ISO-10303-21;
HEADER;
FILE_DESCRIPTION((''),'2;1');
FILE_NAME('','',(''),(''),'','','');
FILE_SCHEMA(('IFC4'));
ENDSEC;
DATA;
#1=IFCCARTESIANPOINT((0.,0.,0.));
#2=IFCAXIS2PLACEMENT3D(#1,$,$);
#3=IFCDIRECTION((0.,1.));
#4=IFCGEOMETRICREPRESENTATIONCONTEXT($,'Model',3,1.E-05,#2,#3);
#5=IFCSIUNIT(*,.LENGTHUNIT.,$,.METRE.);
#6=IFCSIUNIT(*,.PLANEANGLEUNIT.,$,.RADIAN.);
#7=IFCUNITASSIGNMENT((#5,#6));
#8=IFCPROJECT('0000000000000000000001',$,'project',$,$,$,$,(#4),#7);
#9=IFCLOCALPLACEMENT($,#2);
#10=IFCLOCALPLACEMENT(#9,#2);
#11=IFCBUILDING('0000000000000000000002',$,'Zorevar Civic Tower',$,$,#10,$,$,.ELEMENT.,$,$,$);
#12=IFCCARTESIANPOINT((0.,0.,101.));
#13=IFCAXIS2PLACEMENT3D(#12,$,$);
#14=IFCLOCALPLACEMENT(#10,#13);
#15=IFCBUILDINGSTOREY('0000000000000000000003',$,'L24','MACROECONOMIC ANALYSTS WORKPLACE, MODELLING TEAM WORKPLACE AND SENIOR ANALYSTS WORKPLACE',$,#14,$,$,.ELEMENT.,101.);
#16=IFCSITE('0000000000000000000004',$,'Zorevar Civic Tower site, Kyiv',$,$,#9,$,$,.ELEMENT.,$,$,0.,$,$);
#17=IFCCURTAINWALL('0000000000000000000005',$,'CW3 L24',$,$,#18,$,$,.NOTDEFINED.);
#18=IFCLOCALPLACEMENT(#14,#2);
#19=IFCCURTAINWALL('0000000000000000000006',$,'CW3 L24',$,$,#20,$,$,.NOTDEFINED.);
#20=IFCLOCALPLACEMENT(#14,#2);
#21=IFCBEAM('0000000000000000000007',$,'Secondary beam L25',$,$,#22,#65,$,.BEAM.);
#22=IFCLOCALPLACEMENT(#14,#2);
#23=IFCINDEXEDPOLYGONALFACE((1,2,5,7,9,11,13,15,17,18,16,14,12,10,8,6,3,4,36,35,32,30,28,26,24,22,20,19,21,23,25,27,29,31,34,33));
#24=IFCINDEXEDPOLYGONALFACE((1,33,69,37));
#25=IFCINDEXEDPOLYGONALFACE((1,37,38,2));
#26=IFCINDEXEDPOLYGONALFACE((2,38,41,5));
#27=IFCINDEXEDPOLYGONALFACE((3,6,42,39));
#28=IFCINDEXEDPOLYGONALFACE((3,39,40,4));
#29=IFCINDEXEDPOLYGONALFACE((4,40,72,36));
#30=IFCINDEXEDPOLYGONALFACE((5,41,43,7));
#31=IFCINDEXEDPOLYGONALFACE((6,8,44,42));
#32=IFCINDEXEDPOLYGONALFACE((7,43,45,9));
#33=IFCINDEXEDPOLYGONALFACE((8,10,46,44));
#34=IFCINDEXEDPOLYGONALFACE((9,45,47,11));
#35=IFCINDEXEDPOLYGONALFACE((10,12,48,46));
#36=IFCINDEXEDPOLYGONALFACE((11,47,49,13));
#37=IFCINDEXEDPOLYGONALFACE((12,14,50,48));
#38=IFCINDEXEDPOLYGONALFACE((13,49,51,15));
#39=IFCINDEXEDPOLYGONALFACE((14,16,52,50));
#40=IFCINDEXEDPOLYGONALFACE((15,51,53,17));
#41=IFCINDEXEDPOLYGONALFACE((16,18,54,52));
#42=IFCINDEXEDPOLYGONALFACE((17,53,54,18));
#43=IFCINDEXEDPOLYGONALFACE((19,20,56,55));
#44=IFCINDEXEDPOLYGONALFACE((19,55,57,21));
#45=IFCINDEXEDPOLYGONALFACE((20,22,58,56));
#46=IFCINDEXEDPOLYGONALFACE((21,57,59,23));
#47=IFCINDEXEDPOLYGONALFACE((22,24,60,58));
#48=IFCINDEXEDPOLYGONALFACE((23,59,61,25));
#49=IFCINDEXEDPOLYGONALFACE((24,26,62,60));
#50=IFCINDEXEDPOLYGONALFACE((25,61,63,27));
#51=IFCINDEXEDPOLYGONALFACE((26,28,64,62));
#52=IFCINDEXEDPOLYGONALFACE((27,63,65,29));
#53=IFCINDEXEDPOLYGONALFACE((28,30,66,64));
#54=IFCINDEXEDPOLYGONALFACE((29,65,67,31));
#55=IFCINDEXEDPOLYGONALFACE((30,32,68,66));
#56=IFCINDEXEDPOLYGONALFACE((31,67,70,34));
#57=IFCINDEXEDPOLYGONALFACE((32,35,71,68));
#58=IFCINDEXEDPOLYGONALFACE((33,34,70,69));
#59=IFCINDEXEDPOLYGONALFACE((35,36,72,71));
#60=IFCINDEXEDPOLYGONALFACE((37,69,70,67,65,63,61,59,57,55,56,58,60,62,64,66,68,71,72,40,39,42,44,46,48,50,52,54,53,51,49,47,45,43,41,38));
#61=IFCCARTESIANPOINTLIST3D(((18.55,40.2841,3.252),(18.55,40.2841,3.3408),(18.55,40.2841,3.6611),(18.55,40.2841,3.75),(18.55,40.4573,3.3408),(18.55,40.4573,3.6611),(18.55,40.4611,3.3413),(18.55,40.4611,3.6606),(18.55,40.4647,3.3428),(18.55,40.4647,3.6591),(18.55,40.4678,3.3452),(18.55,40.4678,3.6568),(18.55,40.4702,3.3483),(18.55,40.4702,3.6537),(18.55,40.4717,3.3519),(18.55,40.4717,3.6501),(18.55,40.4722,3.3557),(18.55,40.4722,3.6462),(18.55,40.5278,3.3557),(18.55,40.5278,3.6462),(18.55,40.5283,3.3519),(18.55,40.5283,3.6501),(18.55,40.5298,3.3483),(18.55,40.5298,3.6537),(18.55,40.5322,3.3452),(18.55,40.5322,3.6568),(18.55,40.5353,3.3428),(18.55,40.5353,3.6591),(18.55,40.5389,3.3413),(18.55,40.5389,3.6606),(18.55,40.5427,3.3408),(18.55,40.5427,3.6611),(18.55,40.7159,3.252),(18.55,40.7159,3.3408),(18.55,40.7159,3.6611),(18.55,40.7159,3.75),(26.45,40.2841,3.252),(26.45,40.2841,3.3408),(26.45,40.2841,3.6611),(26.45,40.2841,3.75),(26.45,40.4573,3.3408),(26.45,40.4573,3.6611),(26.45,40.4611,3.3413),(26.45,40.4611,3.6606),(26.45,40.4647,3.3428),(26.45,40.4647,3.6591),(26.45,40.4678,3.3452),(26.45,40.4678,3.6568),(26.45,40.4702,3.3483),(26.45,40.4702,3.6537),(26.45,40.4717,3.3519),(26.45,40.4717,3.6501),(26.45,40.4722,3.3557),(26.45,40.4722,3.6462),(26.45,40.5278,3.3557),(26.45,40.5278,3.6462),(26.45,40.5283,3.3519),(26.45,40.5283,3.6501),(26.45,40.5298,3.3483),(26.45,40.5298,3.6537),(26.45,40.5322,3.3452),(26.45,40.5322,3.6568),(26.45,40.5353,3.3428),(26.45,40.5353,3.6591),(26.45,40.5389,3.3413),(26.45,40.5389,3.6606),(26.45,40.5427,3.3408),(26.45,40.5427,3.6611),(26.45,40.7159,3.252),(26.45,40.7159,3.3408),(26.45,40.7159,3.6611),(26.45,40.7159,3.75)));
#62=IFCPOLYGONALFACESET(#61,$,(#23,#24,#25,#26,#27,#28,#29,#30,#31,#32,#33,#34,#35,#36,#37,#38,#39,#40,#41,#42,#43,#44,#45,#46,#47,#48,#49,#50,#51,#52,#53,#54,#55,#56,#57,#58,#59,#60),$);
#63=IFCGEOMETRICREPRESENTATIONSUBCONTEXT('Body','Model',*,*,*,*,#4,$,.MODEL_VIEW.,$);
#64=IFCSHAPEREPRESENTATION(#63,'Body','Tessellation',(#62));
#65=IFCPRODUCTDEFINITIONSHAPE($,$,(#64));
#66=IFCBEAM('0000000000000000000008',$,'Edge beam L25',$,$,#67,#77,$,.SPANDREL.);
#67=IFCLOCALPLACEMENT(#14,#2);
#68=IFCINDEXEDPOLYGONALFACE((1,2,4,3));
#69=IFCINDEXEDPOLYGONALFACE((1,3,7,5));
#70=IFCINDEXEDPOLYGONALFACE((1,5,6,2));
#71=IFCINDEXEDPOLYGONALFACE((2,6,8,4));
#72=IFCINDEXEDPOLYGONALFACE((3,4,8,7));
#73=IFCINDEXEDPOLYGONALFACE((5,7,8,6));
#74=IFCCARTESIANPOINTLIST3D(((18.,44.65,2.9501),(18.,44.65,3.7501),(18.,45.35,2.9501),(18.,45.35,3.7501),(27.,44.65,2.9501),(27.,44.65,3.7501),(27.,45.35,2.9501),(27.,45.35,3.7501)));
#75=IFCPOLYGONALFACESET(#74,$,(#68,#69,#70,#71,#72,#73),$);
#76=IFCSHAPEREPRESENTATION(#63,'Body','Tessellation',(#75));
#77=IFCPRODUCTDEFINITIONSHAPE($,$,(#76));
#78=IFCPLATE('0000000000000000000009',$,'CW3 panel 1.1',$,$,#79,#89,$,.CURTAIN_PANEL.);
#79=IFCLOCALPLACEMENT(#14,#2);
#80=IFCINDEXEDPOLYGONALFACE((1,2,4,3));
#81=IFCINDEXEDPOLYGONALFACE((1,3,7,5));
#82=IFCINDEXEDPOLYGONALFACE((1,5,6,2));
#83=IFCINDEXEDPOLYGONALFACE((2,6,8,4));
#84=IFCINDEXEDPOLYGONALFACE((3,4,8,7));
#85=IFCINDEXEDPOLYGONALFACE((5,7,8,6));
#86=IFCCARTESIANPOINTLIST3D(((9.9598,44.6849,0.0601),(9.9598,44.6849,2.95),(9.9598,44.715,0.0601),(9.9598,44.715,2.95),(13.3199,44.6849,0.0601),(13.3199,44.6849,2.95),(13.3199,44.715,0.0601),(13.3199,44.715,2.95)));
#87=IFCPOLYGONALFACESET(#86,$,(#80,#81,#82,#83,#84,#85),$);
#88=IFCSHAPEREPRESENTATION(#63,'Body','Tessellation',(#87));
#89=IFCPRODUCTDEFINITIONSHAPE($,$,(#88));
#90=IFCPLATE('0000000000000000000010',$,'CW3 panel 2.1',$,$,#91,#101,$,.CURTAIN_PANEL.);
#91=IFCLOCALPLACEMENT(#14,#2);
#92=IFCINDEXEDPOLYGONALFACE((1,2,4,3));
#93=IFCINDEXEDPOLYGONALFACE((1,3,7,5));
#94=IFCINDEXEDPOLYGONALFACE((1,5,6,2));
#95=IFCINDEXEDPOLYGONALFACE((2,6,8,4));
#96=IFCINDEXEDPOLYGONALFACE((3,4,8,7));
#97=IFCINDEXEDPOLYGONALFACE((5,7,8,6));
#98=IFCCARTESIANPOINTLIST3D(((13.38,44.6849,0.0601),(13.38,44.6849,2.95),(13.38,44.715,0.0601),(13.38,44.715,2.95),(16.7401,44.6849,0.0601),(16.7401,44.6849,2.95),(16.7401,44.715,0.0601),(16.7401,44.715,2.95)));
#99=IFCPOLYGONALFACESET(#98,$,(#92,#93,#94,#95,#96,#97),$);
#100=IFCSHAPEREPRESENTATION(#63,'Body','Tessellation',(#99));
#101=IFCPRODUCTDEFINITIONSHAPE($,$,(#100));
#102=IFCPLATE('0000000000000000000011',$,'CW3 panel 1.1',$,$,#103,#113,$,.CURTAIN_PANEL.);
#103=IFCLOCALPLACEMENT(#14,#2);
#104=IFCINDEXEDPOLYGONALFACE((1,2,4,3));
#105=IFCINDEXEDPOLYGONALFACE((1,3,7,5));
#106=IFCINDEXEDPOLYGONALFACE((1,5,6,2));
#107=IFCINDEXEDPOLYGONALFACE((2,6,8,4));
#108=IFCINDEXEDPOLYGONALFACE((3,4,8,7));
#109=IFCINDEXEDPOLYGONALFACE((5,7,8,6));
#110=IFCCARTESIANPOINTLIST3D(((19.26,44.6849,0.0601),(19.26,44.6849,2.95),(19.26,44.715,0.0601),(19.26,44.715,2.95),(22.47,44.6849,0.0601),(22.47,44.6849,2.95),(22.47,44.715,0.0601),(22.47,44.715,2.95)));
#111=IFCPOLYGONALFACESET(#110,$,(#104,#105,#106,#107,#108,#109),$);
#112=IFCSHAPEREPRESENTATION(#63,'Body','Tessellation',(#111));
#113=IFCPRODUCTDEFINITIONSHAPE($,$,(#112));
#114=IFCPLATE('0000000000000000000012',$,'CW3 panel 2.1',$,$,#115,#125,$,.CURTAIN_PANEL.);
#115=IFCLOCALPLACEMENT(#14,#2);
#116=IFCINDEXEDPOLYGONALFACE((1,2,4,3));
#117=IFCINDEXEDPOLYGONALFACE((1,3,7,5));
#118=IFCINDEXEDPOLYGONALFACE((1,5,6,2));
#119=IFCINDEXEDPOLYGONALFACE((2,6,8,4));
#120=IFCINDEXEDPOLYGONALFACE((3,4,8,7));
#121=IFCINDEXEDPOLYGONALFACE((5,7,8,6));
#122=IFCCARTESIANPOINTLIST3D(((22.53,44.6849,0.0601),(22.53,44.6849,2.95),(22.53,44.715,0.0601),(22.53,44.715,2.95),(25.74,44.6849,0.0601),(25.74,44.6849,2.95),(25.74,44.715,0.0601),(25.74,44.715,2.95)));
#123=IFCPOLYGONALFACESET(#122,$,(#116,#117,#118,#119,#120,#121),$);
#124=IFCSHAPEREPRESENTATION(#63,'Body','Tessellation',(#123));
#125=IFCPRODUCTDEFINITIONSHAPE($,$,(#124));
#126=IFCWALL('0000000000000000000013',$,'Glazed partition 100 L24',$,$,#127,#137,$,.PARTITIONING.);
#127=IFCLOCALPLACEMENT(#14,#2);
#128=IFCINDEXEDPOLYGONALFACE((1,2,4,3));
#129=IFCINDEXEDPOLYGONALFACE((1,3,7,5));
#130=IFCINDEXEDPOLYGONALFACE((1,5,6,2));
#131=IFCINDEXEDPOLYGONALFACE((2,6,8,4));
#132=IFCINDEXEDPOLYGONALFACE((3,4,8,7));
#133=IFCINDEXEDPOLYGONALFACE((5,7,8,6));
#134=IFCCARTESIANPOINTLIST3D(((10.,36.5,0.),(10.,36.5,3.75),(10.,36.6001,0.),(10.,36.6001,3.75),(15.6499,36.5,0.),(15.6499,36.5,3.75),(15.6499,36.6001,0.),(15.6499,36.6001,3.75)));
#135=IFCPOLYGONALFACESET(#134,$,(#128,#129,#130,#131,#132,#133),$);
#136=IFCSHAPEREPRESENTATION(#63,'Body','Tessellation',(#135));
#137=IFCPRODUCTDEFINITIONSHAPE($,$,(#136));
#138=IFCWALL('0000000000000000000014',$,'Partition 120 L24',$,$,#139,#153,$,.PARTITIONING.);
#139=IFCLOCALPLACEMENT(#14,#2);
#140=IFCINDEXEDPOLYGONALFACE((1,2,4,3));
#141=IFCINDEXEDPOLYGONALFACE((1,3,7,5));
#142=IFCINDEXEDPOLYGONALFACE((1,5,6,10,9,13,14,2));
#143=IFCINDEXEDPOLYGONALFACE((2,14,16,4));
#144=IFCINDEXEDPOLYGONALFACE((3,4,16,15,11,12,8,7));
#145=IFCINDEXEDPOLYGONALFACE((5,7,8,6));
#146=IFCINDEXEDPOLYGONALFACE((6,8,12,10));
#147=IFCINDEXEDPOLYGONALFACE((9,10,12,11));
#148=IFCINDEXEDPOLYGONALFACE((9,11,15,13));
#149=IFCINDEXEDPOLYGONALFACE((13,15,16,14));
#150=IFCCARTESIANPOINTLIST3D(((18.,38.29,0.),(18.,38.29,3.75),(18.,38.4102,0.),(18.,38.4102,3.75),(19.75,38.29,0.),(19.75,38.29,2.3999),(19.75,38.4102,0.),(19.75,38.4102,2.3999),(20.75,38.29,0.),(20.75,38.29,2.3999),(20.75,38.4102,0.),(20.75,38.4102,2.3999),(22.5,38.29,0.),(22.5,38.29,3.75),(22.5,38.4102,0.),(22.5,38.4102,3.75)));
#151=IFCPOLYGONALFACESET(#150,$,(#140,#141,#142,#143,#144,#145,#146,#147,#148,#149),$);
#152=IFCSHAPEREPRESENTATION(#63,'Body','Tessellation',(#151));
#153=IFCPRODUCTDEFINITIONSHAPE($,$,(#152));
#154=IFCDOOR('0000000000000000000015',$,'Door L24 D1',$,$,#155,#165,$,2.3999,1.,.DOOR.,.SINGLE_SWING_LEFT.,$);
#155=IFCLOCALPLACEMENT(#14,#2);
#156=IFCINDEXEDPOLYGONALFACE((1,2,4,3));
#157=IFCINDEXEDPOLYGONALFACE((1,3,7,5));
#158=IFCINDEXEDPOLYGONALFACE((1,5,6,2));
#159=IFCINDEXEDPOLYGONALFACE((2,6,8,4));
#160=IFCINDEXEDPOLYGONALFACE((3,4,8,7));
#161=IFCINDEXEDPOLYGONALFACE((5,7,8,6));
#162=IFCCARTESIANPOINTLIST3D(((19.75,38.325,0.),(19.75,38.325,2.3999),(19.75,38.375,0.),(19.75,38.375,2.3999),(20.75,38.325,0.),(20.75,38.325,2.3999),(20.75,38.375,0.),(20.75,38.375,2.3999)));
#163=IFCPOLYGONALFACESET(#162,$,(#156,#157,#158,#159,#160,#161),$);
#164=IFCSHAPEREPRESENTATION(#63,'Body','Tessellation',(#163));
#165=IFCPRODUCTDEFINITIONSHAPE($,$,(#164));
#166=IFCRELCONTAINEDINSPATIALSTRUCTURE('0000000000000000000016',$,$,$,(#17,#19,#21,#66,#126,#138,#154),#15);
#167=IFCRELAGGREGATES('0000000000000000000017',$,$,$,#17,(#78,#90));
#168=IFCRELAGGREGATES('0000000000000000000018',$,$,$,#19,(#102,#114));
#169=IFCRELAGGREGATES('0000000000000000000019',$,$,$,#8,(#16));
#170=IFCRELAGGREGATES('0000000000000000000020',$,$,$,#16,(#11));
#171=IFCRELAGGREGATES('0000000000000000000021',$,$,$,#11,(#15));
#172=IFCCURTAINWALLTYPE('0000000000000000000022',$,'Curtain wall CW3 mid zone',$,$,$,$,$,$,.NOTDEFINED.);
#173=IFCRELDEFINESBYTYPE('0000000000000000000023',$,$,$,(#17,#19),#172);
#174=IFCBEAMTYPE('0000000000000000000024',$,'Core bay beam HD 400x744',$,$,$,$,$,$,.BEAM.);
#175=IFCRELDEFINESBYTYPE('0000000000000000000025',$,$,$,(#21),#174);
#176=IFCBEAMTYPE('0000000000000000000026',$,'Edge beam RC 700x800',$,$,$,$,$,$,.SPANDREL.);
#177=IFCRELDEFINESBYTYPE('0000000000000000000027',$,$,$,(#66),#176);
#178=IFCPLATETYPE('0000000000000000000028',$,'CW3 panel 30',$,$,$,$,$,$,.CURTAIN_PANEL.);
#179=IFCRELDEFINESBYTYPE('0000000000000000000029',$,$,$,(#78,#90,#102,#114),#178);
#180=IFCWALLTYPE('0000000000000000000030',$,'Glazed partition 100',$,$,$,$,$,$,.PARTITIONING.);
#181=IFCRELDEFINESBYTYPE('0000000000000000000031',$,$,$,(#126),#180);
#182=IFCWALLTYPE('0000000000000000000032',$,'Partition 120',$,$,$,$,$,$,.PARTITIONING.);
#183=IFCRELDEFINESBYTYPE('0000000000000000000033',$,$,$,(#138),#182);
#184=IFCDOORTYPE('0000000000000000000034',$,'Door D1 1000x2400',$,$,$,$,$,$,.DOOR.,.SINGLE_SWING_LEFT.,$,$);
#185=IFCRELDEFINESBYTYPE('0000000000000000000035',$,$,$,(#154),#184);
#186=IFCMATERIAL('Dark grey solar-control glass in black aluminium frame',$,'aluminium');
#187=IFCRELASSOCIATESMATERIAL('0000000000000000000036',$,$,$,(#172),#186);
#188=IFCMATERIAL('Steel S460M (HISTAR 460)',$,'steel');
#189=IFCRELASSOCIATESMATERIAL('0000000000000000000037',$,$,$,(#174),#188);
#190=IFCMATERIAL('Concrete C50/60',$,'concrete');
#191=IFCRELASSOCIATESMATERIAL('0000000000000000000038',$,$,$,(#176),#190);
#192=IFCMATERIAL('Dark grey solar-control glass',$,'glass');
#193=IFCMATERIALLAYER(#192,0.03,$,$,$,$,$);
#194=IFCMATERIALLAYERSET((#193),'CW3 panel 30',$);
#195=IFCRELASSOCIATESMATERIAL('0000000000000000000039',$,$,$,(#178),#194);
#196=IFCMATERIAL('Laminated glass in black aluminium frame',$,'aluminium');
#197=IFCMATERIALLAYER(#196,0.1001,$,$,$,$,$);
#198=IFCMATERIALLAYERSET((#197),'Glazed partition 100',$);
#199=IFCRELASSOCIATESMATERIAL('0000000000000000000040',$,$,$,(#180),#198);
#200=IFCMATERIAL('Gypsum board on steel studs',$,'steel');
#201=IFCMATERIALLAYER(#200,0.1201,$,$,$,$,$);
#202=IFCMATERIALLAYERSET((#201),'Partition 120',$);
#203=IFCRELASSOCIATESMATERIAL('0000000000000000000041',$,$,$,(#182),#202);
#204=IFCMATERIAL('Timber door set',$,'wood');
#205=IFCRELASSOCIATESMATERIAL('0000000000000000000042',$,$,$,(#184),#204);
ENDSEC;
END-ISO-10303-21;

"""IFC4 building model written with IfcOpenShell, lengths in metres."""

from ifc_helpers import new_model, si_unit, direction, frame, frame_2d, origin, origin_2d, place, context, subcontext, project, spatial, rectangle, i_section, extrude, material, layer, layer_set, material_profile, profile_set, type_object, element, fill, aggregate, save


model = new_model("IFC4")

# Units and contexts
model_context = context("Model", 3, precision=1e-05, world=origin(), true_north=direction((0.0, 1.0)))
body_context = subcontext(model_context, "Body", "Model", "MODEL_VIEW")
ifc_project = project(units=[si_unit("LENGTHUNIT", "METRE"), si_unit("PLANEANGLEUNIT", "RADIAN")], contexts=[model_context])

# Site, building, storey
site_placement = place(None, origin())
site = spatial("IfcSite", under=ifc_project, at=site_placement, Name="Zorevar Civic Tower site, Kyiv", CompositionType="ELEMENT", RefElevation=0.0)
building_placement = place(site_placement, origin())
building = spatial("IfcBuilding", under=site, at=building_placement, Name="Zorevar Civic Tower", CompositionType="ELEMENT")
storey_placement = place(building_placement, frame((0.0, 0.0, 101.0)))
storey = spatial("IfcBuildingStorey", under=building, at=storey_placement, Name="L24", Description="MACROECONOMIC ANALYSTS WORKPLACE, MODELLING TEAM WORKPLACE AND SENIOR ANALYSTS WORKPLACE", CompositionType="ELEMENT", Elevation=101.0)

# Curtain walls
ifc_material_1 = material(Name="Dark grey solar-control glass in black aluminium frame", Category="aluminium")
curtain_wall_type = type_object("IfcCurtainWallType", Name="Curtain wall CW3 mid zone", PredefinedType="NOTDEFINED", material=ifc_material_1)
curtain_wall_1_placement = place(storey_placement, origin())
curtain_wall_1 = element("IfcCurtainWall", 1, at=curtain_wall_1_placement, inside=storey, type_object=curtain_wall_type, Name="CW3 L24", PredefinedType="NOTDEFINED")
curtain_wall_2_placement = place(storey_placement, origin())
curtain_wall_2 = element("IfcCurtainWall", 2, at=curtain_wall_2_placement, inside=storey, type_object=curtain_wall_type, Name="CW3 L24", PredefinedType="NOTDEFINED")

# Beams
ifc_material_2 = material(Name="Steel S460M (HISTAR 460)", Category="steel")
ifc_material_profile_1 = material_profile(ifc_material_2, i_section(OverallWidth=0.4319, OverallDepth=0.498, WebThickness=0.0557, FlangeThickness=0.0889, FilletRadius=0.0149, at=origin_2d()), Name="HD 400x744")
ifc_profile_set_1 = profile_set([ifc_material_profile_1], Name="Steel S460M (HISTAR 460)")
beam_type_1 = type_object("IfcBeamType", Name="Core bay beam HD 400x744", PredefinedType="BEAM", material=ifc_profile_set_1)
beam_1_placement = place(storey_placement, frame((18.55, 40.5, 3.501), z_axis=(1.0, 0.0, 0.0), x_axis=(0.0, 1.0, 0.0)))
element("IfcBeam", 3, at=beam_1_placement, inside=storey, type_object=beam_type_1, Name="Secondary beam L25", PredefinedType="BEAM", context=body_context, shape_type="SweptSolid", body=[
    extrude(i_section(OverallWidth=0.4319, OverallDepth=0.498, WebThickness=0.0557, FlangeThickness=0.0889, FilletRadius=0.0149, at=origin_2d()), origin(), (0.0, 0.0, 1.0), 7.8999),
])
ifc_material_3 = material(Name="Concrete C50/60", Category="concrete")
ifc_material_profile_2 = material_profile(ifc_material_3, rectangle(XDim=0.7, YDim=0.8, at=origin_2d()), Name="RC 700x800")
ifc_profile_set_2 = profile_set([ifc_material_profile_2], Name="Concrete C50/60")
beam_type_2 = type_object("IfcBeamType", Name="Edge beam RC 700x800", PredefinedType="SPANDREL", material=ifc_profile_set_2)
beam_2_placement = place(storey_placement, frame((18.0, 45.0, 3.3501), z_axis=(1.0, 0.0, 0.0), x_axis=(0.0, 1.0, 0.0)))
element("IfcBeam", 4, at=beam_2_placement, inside=storey, type_object=beam_type_2, Name="Edge beam L25", PredefinedType="SPANDREL", context=body_context, shape_type="SweptSolid", body=[
    extrude(rectangle(XDim=0.7, YDim=0.8, at=origin_2d()), origin(), (0.0, 0.0, 1.0), 9.0),
])

# Plates
ifc_material_4 = material(Name="Dark grey solar-control glass", Category="glass")
ifc_layer_1 = layer(ifc_material_4, 0.03)
ifc_layer_set_1 = layer_set([ifc_layer_1], Name="CW3 panel 30")
plate_type = type_object("IfcPlateType", Name="CW3 panel 30", PredefinedType="CURTAIN_PANEL", material=ifc_layer_set_1)
plate_1_placement = place(storey_placement, frame((11.6399, 44.7, 0.0601), z_axis=(0.0, 0.0, 1.0), x_axis=(1.0, 0.0, 0.0)))
plate_1 = element("IfcPlate", 5, at=plate_1_placement, type_object=plate_type, Name="CW3 panel 1.1", PredefinedType="CURTAIN_PANEL", context=body_context, shape_type="SweptSolid", body=[
    extrude(rectangle(XDim=3.3601, YDim=0.03, at=origin_2d()), origin(), (0.0, 0.0, 1.0), 2.8899),
])
plate_2_placement = place(storey_placement, frame((15.0601, 44.7, 0.0601), z_axis=(0.0, 0.0, 1.0), x_axis=(1.0, 0.0, 0.0)))
plate_2 = element("IfcPlate", 6, at=plate_2_placement, type_object=plate_type, Name="CW3 panel 2.1", PredefinedType="CURTAIN_PANEL", context=body_context, shape_type="SweptSolid", body=[
    extrude(rectangle(XDim=3.3601, YDim=0.03, at=origin_2d()), origin(), (0.0, 0.0, 1.0), 2.8899),
])
aggregate(curtain_wall_1, [plate_1, plate_2])
plate_3_placement = place(storey_placement, frame((20.865, 44.7, 0.0601), z_axis=(0.0, 0.0, 1.0), x_axis=(1.0, 0.0, 0.0)))
plate_3 = element("IfcPlate", 7, at=plate_3_placement, type_object=plate_type, Name="CW3 panel 1.1", PredefinedType="CURTAIN_PANEL", context=body_context, shape_type="SweptSolid", body=[
    extrude(rectangle(XDim=3.21, YDim=0.03, at=origin_2d()), origin(), (0.0, 0.0, 1.0), 2.8899),
])
plate_4_placement = place(storey_placement, frame((24.135, 44.7, 0.0601), z_axis=(0.0, 0.0, 1.0), x_axis=(1.0, 0.0, 0.0)))
plate_4 = element("IfcPlate", 8, at=plate_4_placement, type_object=plate_type, Name="CW3 panel 2.1", PredefinedType="CURTAIN_PANEL", context=body_context, shape_type="SweptSolid", body=[
    extrude(rectangle(XDim=3.21, YDim=0.03, at=origin_2d()), origin(), (0.0, 0.0, 1.0), 2.8899),
])
aggregate(curtain_wall_2, [plate_3, plate_4])

# Wall
ifc_material_5 = material(Name="Laminated glass in black aluminium frame", Category="aluminium")
ifc_layer_2 = layer(ifc_material_5, 0.1001)
ifc_layer_set_2 = layer_set([ifc_layer_2], Name="Glazed partition 100")
wall_type_1 = type_object("IfcWallType", Name="Glazed partition 100", PredefinedType="PARTITIONING", material=ifc_layer_set_2)
wall_1_placement = place(storey_placement, frame((10.0, 36.55, 0.0), z_axis=(0.0, 0.0, 1.0), x_axis=(1.0, 0.0, 0.0)))
element("IfcWall", 9, at=wall_1_placement, inside=storey, type_object=wall_type_1, Name="Glazed partition 100 L24", PredefinedType="PARTITIONING", context=body_context, shape_type="SweptSolid", body=[
    extrude(rectangle(XDim=5.6499, YDim=0.1001, at=frame_2d((2.825, 0.0))), origin(), (0.0, 0.0, 1.0), 3.75),
])

# Wall, opening, door
ifc_material_6 = material(Name="Gypsum board on steel studs", Category="steel")
ifc_layer_3 = layer(ifc_material_6, 0.1201)
ifc_layer_set_3 = layer_set([ifc_layer_3], Name="Partition 120")
wall_type_2 = type_object("IfcWallType", Name="Partition 120", PredefinedType="PARTITIONING", material=ifc_layer_set_3)
wall_2_placement = place(storey_placement, frame((18.0, 38.3501, 0.0), z_axis=(0.0, 0.0, 1.0), x_axis=(1.0, 0.0, 0.0)))
wall_2 = element("IfcWall", 10, at=wall_2_placement, inside=storey, type_object=wall_type_2, Name="Partition 120 L24", PredefinedType="PARTITIONING", context=body_context, shape_type="SweptSolid", body=[
    extrude(rectangle(XDim=4.5, YDim=0.1201, at=frame_2d((2.25, 0.0))), origin(), (0.0, 0.0, 1.0), 3.75),
])
opening_1_placement = place(wall_2_placement, frame((1.75, 0.0, 0.0)))
opening_1 = element("IfcOpeningElement", 11, at=opening_1_placement, cuts=wall_2, PredefinedType="OPENING", context=body_context, shape_type="SweptSolid", body=[
    extrude(rectangle(XDim=1.0, YDim=2.3999, at=frame_2d((0.5, 1.2))), frame((0.0, 0.0701, 0.0), z_axis=(0.0, -1.0, 0.0), x_axis=(1.0, 0.0, 0.0)), (0.0, 0.0, 1.0), 0.1401),
])
ifc_material_7 = material(Name="Timber door set", Category="wood")
door_type_1 = type_object("IfcDoorType", Name="Door D1 1000x2400", OperationType="SINGLE_SWING_LEFT", PredefinedType="DOOR", material=ifc_material_7)
door_1_placement = place(opening_1_placement, origin())
door_1 = element("IfcDoor", 12, at=door_1_placement, inside=storey, type_object=door_type_1, Name="Door L24 D1", OperationType="SINGLE_SWING_LEFT", OverallHeight=2.3999, OverallWidth=1.0, PredefinedType="DOOR", context=body_context, shape_type="SweptSolid", body=[
    extrude(rectangle(XDim=1.0, YDim=2.3999, at=frame_2d((0.5, 1.2))), frame((0.0, 0.0249, 0.0), z_axis=(0.0, -1.0, 0.0), x_axis=(1.0, 0.0, 0.0)), (0.0, 0.0, 1.0), 0.05),
])
fill(opening_1, door_1)

save(model, "model.ifc")
